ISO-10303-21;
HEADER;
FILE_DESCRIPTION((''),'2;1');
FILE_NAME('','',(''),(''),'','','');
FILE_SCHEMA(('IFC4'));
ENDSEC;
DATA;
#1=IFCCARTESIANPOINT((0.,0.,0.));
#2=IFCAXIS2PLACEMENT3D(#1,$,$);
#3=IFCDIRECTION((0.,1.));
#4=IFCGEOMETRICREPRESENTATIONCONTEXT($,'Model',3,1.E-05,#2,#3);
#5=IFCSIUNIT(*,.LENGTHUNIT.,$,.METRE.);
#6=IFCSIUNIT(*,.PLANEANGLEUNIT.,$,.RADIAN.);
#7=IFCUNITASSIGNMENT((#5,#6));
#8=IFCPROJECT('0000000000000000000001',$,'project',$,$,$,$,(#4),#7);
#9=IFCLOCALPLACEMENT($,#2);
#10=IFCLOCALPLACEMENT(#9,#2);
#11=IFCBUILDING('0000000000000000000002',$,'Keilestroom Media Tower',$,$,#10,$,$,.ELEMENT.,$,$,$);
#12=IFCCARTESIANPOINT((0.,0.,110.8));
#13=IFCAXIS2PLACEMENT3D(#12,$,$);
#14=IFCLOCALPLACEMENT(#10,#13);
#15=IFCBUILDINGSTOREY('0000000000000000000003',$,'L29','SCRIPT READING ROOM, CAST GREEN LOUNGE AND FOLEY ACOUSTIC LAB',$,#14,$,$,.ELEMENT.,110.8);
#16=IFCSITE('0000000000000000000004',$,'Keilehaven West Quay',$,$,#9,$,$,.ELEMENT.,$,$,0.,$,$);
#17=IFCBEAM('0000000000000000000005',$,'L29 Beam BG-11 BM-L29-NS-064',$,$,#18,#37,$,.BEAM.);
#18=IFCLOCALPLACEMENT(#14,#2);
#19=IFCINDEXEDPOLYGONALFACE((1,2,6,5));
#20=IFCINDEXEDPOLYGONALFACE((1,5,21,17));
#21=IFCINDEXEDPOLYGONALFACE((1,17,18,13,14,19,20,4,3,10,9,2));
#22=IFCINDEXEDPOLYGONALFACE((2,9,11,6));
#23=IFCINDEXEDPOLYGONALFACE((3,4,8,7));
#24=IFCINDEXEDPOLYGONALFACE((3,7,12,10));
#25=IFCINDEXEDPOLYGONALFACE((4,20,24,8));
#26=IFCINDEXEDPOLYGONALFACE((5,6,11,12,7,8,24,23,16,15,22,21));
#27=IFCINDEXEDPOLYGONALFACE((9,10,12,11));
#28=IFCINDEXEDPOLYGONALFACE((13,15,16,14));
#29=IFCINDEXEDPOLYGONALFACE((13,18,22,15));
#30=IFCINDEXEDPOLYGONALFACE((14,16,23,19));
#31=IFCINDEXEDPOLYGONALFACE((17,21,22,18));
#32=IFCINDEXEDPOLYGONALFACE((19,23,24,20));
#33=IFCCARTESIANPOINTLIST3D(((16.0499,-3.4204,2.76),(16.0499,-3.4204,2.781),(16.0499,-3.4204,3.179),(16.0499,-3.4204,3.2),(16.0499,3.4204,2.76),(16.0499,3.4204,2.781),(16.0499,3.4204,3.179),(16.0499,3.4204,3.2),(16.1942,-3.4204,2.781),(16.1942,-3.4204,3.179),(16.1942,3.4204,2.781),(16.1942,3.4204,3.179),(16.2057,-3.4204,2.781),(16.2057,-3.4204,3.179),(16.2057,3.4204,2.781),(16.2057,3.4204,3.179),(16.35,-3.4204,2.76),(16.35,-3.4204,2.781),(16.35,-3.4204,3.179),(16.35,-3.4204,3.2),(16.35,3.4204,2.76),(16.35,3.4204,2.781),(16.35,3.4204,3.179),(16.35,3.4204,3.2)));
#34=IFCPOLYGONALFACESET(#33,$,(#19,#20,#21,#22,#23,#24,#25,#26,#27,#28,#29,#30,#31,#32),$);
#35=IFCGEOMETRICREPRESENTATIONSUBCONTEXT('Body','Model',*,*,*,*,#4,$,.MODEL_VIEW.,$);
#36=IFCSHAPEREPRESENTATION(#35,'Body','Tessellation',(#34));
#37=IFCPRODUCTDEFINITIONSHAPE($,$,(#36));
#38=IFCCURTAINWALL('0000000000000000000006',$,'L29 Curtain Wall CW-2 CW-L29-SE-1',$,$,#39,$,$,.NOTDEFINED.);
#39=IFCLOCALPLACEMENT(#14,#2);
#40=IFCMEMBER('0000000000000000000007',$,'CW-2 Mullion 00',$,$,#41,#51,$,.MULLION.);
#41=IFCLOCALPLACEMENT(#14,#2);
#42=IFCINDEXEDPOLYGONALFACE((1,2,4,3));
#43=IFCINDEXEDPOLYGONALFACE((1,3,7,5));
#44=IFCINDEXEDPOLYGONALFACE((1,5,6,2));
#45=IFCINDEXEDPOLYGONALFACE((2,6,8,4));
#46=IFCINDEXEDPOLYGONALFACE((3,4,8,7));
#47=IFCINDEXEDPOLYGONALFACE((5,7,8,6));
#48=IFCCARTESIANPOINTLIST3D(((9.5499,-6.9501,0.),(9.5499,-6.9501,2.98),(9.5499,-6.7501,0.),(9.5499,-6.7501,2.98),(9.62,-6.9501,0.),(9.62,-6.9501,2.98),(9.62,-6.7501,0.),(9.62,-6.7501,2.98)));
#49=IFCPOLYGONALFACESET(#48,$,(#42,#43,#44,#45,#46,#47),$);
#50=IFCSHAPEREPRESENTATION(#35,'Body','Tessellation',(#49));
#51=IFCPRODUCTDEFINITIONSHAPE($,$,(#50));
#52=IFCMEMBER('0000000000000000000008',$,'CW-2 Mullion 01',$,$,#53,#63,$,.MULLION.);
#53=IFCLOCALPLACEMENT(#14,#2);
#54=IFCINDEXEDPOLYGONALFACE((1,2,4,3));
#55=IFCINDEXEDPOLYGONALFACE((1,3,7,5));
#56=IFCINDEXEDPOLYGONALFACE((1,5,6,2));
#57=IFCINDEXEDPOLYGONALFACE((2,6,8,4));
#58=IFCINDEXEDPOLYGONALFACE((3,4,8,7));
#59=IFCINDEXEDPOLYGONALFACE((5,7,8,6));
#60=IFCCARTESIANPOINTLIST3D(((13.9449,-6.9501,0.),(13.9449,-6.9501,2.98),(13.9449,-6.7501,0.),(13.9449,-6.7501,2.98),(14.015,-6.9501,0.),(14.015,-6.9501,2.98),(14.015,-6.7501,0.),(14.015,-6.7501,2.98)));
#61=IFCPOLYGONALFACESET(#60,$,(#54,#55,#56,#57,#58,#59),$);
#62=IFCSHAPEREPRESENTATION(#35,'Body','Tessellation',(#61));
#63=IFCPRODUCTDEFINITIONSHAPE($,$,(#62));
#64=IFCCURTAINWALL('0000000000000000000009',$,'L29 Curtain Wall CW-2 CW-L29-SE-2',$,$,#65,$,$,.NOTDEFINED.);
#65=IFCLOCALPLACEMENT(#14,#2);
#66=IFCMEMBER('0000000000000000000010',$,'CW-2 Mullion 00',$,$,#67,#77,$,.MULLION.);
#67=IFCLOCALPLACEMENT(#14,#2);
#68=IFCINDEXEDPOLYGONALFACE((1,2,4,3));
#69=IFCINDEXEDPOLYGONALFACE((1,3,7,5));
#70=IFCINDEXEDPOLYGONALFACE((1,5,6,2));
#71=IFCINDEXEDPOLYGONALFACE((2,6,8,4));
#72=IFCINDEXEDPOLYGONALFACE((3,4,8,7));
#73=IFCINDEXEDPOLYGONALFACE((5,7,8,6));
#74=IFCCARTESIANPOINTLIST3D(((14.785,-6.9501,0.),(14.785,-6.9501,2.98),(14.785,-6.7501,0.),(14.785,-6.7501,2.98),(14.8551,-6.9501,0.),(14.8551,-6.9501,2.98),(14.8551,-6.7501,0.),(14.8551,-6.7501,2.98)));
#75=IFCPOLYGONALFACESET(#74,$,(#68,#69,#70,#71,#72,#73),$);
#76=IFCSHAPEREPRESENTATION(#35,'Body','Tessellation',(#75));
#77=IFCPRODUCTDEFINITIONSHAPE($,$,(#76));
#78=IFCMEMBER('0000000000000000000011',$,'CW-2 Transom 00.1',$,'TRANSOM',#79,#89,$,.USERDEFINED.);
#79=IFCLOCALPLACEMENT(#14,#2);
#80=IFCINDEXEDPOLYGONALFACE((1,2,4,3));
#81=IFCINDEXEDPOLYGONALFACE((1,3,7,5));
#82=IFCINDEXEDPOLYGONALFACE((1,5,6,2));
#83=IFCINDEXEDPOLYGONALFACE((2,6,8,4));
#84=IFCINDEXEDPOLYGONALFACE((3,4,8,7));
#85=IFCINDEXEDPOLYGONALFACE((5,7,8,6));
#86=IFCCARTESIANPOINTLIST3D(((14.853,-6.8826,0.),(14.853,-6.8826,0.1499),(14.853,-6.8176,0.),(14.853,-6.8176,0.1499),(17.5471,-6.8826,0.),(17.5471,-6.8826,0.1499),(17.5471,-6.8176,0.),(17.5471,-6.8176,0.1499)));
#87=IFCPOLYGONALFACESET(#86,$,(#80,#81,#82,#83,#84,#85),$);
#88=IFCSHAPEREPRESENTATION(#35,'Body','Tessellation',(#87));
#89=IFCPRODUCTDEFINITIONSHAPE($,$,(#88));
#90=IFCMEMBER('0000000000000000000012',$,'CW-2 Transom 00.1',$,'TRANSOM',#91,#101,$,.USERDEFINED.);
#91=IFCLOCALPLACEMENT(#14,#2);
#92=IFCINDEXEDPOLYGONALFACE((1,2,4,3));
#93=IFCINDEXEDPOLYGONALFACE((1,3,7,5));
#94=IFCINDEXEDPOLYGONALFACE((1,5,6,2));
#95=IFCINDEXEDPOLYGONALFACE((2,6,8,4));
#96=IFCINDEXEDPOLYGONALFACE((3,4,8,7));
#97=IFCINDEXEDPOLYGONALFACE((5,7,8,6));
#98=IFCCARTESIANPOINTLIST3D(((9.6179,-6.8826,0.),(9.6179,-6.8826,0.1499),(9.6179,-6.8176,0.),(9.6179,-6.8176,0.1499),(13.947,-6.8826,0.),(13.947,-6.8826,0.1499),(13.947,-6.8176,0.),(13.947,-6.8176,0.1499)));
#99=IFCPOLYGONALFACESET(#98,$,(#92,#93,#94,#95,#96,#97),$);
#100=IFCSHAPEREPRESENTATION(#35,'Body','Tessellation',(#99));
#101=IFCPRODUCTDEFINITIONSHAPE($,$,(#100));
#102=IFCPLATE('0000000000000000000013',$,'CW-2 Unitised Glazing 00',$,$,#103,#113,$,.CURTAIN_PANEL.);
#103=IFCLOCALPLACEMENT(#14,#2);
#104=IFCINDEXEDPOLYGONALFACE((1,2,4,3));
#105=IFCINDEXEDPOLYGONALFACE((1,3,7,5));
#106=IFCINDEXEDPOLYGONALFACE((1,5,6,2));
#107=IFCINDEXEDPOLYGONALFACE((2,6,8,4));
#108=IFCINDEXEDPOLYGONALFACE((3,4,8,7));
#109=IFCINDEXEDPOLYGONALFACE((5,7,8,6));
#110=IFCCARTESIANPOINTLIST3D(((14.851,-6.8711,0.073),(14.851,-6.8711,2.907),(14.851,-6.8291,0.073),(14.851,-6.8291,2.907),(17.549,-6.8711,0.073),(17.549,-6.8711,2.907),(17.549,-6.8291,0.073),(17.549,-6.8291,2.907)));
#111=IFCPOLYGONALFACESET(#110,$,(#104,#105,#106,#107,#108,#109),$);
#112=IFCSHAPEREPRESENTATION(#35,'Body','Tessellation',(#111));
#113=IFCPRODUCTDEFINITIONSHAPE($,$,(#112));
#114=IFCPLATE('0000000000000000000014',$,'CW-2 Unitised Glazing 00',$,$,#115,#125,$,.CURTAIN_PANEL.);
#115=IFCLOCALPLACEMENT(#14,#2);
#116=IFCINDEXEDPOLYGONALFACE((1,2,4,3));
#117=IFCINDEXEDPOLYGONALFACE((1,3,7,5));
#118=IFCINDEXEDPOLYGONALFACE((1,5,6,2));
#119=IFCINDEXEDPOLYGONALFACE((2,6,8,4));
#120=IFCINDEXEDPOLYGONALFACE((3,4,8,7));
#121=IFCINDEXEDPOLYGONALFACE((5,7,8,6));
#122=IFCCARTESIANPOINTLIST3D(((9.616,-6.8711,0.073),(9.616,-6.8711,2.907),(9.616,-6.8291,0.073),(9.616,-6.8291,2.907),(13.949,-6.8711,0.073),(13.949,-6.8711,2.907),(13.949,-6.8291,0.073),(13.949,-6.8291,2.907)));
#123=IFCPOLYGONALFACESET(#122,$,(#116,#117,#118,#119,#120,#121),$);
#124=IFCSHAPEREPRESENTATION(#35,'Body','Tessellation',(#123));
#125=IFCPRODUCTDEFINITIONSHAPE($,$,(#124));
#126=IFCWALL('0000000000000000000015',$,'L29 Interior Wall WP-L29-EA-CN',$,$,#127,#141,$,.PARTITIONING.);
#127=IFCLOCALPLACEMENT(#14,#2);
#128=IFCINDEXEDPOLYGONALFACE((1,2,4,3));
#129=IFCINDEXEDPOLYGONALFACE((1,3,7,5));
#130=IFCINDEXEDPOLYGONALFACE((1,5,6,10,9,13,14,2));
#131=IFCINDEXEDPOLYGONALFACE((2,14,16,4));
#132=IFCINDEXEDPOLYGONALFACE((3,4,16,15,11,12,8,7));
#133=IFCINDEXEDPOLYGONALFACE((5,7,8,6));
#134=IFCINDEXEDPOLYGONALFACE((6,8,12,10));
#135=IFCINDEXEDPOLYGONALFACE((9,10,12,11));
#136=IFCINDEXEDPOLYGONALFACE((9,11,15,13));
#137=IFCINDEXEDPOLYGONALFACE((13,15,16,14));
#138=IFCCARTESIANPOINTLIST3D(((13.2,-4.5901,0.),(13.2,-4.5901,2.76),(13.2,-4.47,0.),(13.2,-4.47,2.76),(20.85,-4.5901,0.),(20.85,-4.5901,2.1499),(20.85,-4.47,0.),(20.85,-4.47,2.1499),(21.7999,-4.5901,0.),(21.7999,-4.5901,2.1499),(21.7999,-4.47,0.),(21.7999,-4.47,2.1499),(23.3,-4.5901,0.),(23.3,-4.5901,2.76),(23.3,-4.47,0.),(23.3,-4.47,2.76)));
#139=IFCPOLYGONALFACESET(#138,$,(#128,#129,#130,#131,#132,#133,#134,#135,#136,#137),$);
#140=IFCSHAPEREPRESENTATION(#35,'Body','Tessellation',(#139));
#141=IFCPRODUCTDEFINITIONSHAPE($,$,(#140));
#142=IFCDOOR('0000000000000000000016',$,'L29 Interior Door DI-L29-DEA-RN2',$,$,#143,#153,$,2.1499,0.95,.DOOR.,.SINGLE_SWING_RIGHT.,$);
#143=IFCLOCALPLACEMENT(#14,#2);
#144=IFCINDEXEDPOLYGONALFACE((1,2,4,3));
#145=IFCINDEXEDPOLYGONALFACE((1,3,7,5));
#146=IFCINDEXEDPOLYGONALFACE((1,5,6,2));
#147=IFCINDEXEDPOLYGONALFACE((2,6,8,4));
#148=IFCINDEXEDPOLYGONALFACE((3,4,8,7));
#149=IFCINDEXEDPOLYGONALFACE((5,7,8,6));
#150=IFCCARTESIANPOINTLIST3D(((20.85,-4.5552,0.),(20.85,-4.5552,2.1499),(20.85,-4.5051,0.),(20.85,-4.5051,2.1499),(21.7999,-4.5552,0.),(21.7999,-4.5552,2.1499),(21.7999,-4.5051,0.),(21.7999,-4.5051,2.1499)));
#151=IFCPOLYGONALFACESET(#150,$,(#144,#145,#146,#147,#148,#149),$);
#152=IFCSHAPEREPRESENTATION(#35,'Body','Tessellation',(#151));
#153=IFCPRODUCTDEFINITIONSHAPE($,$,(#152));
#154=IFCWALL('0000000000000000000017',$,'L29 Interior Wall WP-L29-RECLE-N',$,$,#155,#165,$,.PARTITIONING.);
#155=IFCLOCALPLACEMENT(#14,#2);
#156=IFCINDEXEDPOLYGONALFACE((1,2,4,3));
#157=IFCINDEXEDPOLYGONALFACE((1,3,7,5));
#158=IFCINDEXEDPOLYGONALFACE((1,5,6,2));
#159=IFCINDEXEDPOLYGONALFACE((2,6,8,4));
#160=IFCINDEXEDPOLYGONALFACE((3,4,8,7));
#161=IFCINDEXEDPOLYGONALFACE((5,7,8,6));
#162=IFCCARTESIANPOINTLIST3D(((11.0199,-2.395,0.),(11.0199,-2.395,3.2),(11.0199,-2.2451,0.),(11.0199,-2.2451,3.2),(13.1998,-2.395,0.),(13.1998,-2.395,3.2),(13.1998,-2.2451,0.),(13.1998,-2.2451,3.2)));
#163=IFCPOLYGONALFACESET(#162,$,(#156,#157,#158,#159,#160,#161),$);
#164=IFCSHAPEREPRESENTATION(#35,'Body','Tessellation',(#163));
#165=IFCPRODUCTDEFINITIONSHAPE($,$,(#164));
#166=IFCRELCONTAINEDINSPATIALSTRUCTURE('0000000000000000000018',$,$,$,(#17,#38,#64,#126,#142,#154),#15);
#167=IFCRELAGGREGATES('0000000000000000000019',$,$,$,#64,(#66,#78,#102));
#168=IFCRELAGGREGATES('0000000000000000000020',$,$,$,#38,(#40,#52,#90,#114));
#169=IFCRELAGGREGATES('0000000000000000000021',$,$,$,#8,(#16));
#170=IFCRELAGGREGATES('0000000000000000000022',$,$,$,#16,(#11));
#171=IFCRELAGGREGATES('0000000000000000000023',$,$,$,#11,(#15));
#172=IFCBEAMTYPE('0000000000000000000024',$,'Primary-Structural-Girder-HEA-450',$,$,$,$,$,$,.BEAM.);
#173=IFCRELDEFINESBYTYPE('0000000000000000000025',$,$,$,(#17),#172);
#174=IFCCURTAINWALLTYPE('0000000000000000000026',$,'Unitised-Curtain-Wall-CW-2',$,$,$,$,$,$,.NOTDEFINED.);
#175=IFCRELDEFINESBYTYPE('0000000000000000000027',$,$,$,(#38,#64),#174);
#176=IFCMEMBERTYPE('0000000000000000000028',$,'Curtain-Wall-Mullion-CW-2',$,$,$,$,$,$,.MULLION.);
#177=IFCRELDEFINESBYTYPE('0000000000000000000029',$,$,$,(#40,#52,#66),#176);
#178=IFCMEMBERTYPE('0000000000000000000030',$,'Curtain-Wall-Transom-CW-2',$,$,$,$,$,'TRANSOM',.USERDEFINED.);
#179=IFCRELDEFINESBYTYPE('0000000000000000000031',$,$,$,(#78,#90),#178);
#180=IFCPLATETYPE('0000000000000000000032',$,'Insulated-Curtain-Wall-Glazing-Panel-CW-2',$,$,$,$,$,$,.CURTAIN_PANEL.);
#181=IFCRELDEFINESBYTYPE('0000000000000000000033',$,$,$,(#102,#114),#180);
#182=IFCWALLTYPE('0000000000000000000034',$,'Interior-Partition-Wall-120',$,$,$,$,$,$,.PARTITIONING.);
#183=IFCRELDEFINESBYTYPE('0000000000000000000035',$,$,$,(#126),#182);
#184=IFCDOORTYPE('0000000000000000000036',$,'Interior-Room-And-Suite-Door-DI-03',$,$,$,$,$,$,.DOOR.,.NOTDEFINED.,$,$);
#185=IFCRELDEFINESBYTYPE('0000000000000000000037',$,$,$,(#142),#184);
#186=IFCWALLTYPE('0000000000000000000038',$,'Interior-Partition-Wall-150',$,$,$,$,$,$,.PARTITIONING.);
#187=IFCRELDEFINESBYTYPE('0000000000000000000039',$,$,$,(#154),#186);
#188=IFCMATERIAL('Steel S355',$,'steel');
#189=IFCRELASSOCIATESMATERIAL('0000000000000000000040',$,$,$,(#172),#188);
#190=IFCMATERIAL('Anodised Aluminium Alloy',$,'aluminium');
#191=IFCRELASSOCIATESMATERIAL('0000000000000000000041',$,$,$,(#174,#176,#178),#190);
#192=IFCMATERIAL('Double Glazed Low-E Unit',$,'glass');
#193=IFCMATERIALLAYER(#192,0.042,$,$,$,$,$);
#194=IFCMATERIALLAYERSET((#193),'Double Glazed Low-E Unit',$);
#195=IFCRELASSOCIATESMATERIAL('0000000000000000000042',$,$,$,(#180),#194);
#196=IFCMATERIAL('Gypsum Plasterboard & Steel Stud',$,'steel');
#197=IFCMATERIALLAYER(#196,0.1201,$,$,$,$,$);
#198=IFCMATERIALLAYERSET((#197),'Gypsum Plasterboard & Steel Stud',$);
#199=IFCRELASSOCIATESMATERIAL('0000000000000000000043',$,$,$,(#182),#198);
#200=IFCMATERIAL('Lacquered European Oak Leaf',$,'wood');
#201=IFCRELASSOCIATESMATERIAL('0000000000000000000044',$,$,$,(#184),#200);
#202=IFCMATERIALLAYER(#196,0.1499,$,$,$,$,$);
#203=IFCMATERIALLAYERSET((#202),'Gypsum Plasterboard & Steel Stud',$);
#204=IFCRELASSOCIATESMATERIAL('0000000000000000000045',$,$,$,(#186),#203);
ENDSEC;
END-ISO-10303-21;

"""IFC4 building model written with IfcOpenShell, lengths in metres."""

from ifc_helpers import new_model, si_unit, direction, frame, frame_2d, origin, origin_2d, place, context, subcontext, project, spatial, rectangle, i_section, extrude, source, transform, mapped, material, layer, layer_set, material_profile, profile_set, type_object, element, fill, aggregate, save


model = new_model("IFC4")

# Units and contexts
model_context = context("Model", 3, precision=1e-05, world=origin(), true_north=direction((0.0, 1.0)))
body_context = subcontext(model_context, "Body", "Model", "MODEL_VIEW")
ifc_project = project(units=[si_unit("LENGTHUNIT", "METRE"), si_unit("PLANEANGLEUNIT", "RADIAN")], contexts=[model_context])

# Site, building, storey
site_placement = place(None, origin())
site = spatial("IfcSite", under=ifc_project, at=site_placement, Name="Keilehaven West Quay", CompositionType="ELEMENT", RefElevation=0.0)
building_placement = place(site_placement, origin())
building = spatial("IfcBuilding", under=site, at=building_placement, Name="Keilestroom Media Tower", CompositionType="ELEMENT")
storey_placement = place(building_placement, frame((0.0, 0.0, 110.8)))
storey = spatial("IfcBuildingStorey", under=building, at=storey_placement, Name="L29", Description="SCRIPT READING ROOM, CAST GREEN LOUNGE AND FOLEY ACOUSTIC LAB", CompositionType="ELEMENT", Elevation=110.8)

# Shared definitions
ifc_material_1 = material(Name="Steel S355", Category="steel")

# Beam
ifc_material_profile_1 = material_profile(ifc_material_1, i_section(OverallWidth=0.3, OverallDepth=0.4399, WebThickness=0.0115, FlangeThickness=0.021, at=origin_2d()), Name="HEA 450")
ifc_profile_set_1 = profile_set([ifc_material_profile_1], Name="Steel S355")
beam_type_1 = type_object("IfcBeamType", Name="Primary-Structural-Girder-HEA-450", PredefinedType="BEAM", material=ifc_profile_set_1)
shared_shape_1 = source(origin(), body_context, "Body", "SweptSolid", [
    extrude(i_section(OverallWidth=0.3, OverallDepth=0.4399, WebThickness=0.0115, FlangeThickness=0.021, at=origin_2d()), origin(), (0.0, 0.0, 1.0), 6.8408),
])
for number, where, z_axis, x_axis, name in (
    (1, (16.2, -3.4204, 2.98), (0.0, 1.0, 0.0), (-1.0, 0.0, 0.0), "L29 Beam BG-11 BM-L29-NS-064"),
):
    element("IfcBeam", number, at=place(storey_placement, frame(where, z_axis=z_axis, x_axis=x_axis)), inside=storey, type_object=beam_type_1, Name=name, PredefinedType="BEAM", context=body_context, shape_type="MappedRepresentation", body=[
        mapped(shared_shape_1, transform((0.0, 0.0, 0.0), x_axis=(1.0, 0.0, 0.0), y_axis=(0.0, 1.0, 0.0), z_axis=(0.0, 0.0, 1.0), scale=1.0)),
    ])

# Curtain walls, members
ifc_material_2 = material(Name="Anodised Aluminium Alloy", Category="aluminium")
curtain_wall_type = type_object("IfcCurtainWallType", Name="Unitised-Curtain-Wall-CW-2", PredefinedType="NOTDEFINED", material=ifc_material_2)
curtain_wall_1_placement = place(storey_placement, origin())
curtain_wall_1 = element("IfcCurtainWall", 2, at=curtain_wall_1_placement, inside=storey, type_object=curtain_wall_type, Name="L29 Curtain Wall CW-2 CW-L29-SE-1", PredefinedType="NOTDEFINED")
ifc_material_profile_2 = material_profile(ifc_material_2, rectangle(XDim=0.0701, YDim=0.2, at=origin_2d()), Name="ALU MULLION 70x200")
ifc_profile_set_2 = profile_set([ifc_material_profile_2], Name="Anodised Aluminium Alloy")
member_type_1 = type_object("IfcMemberType", Name="Curtain-Wall-Mullion-CW-2", PredefinedType="MULLION", material=ifc_profile_set_2)
shared_shape_2 = source(origin(), body_context, "Body", "SweptSolid", [
    extrude(rectangle(XDim=0.0701, YDim=0.2, at=origin_2d()), origin(), (0.0, 0.0, 1.0), 2.98),
])
member_1_placement = place(storey_placement, frame((9.585, -6.8501, 0.0), z_axis=(0.0, 0.0, 1.0), x_axis=(1.0, 0.0, 0.0)))
member_1 = element("IfcMember", 3, at=member_1_placement, type_object=member_type_1, Name="CW-2 Mullion 00", PredefinedType="MULLION", context=body_context, shape_type="MappedRepresentation", body=[
    mapped(shared_shape_2, transform((0.0, 0.0, 0.0), x_axis=(1.0, 0.0, 0.0), y_axis=(0.0, 1.0, 0.0), z_axis=(0.0, 0.0, 1.0), scale=1.0)),
])
member_2_placement = place(storey_placement, frame((13.98, -6.8501, 0.0), z_axis=(0.0, 0.0, 1.0), x_axis=(1.0, 0.0, 0.0)))
member_2 = element("IfcMember", 4, at=member_2_placement, type_object=member_type_1, Name="CW-2 Mullion 01", PredefinedType="MULLION", context=body_context, shape_type="MappedRepresentation", body=[
    mapped(shared_shape_2, transform((0.0, 0.0, 0.0), x_axis=(1.0, 0.0, 0.0), y_axis=(0.0, 1.0, 0.0), z_axis=(0.0, 0.0, 1.0), scale=1.0)),
])
curtain_wall_2_placement = place(storey_placement, origin())
curtain_wall_2 = element("IfcCurtainWall", 5, at=curtain_wall_2_placement, inside=storey, type_object=curtain_wall_type, Name="L29 Curtain Wall CW-2 CW-L29-SE-2", PredefinedType="NOTDEFINED")
member_3_placement = place(storey_placement, frame((14.8201, -6.8501, 0.0), z_axis=(0.0, 0.0, 1.0), x_axis=(1.0, 0.0, 0.0)))
member_3 = element("IfcMember", 6, at=member_3_placement, type_object=member_type_1, Name="CW-2 Mullion 00", PredefinedType="MULLION", context=body_context, shape_type="MappedRepresentation", body=[
    mapped(shared_shape_2, transform((0.0, 0.0, 0.0), x_axis=(1.0, 0.0, 0.0), y_axis=(0.0, 1.0, 0.0), z_axis=(0.0, 0.0, 1.0), scale=1.0)),
])
ifc_material_profile_3 = material_profile(ifc_material_2, rectangle(XDim=0.0649, YDim=0.1499, at=origin_2d()), Name="ALU TRANSOM 65x150")
ifc_profile_set_3 = profile_set([ifc_material_profile_3], Name="Anodised Aluminium Alloy")
member_type_2 = type_object("IfcMemberType", Name="Curtain-Wall-Transom-CW-2", ElementType="TRANSOM", PredefinedType="USERDEFINED", material=ifc_profile_set_3)
shared_shape_3 = source(origin(), body_context, "Body", "SweptSolid", [
    extrude(rectangle(XDim=0.0649, YDim=0.1499, at=origin_2d()), origin(), (0.0, 0.0, 1.0), 2.6941),
])
member_4_placement = place(storey_placement, frame((14.853, -6.8501, 0.075), z_axis=(1.0, 0.0, 0.0), x_axis=(0.0, 1.0, 0.0)))
member_4 = element("IfcMember", 7, at=member_4_placement, type_object=member_type_2, Name="CW-2 Transom 00.1", ObjectType="TRANSOM", PredefinedType="USERDEFINED", context=body_context, shape_type="MappedRepresentation", body=[
    mapped(shared_shape_3, transform((0.0, 0.0, 0.0), x_axis=(1.0, 0.0, 0.0), y_axis=(0.0, 1.0, 0.0), z_axis=(0.0, 0.0, 1.0), scale=1.0)),
])

# Member
shared_shape_4 = source(origin(), body_context, "Body", "SweptSolid", [
    extrude(rectangle(XDim=0.0649, YDim=0.1499, at=origin_2d()), origin(), (0.0, 0.0, 1.0), 4.3291),
])
member_5_placement = place(storey_placement, frame((9.6179, -6.8501, 0.075), z_axis=(1.0, 0.0, 0.0), x_axis=(0.0, 1.0, 0.0)))
member_5 = element("IfcMember", 8, at=member_5_placement, type_object=member_type_2, Name="CW-2 Transom 00.1", ObjectType="TRANSOM", PredefinedType="USERDEFINED", context=body_context, shape_type="MappedRepresentation", body=[
    mapped(shared_shape_4, transform((0.0, 0.0, 0.0), x_axis=(1.0, 0.0, 0.0), y_axis=(0.0, 1.0, 0.0), z_axis=(0.0, 0.0, 1.0), scale=1.0)),
])

# Plates
ifc_material_3 = material(Name="Double Glazed Low-E Unit", Category="glass")
ifc_layer_1 = layer(ifc_material_3, 0.042)
ifc_layer_set_1 = layer_set([ifc_layer_1], Name="Double Glazed Low-E Unit")
plate_type = type_object("IfcPlateType", Name="Insulated-Curtain-Wall-Glazing-Panel-CW-2", PredefinedType="CURTAIN_PANEL", material=ifc_layer_set_1)
shared_shape_5 = source(origin(), body_context, "Body", "SweptSolid", [
    extrude(rectangle(XDim=2.698, YDim=0.042, at=origin_2d()), origin(), (0.0, 0.0, 1.0), 2.834),
])
plate_1_placement = place(storey_placement, frame((16.2, -6.8501, 0.073), z_axis=(0.0, 0.0, 1.0), x_axis=(1.0, 0.0, 0.0)))
plate_1 = element("IfcPlate", 9, at=plate_1_placement, type_object=plate_type, Name="CW-2 Unitised Glazing 00", PredefinedType="CURTAIN_PANEL", context=body_context, shape_type="MappedRepresentation", body=[
    mapped(shared_shape_5, transform((0.0, 0.0, 0.0), x_axis=(1.0, 0.0, 0.0), y_axis=(0.0, 1.0, 0.0), z_axis=(0.0, 0.0, 1.0), scale=1.0)),
])
aggregate(curtain_wall_2, [member_3, member_4, plate_1])
shared_shape_6 = source(origin(), body_context, "Body", "SweptSolid", [
    extrude(rectangle(XDim=4.333, YDim=0.042, at=origin_2d()), origin(), (0.0, 0.0, 1.0), 2.834),
])
plate_2_placement = place(storey_placement, frame((11.7825, -6.8501, 0.073), z_axis=(0.0, 0.0, 1.0), x_axis=(1.0, 0.0, 0.0)))
plate_2 = element("IfcPlate", 10, at=plate_2_placement, type_object=plate_type, Name="CW-2 Unitised Glazing 00", PredefinedType="CURTAIN_PANEL", context=body_context, shape_type="MappedRepresentation", body=[
    mapped(shared_shape_6, transform((0.0, 0.0, 0.0), x_axis=(1.0, 0.0, 0.0), y_axis=(0.0, 1.0, 0.0), z_axis=(0.0, 0.0, 1.0), scale=1.0)),
])
aggregate(curtain_wall_1, [member_1, member_2, member_5, plate_2])

# Wall, opening, door
ifc_material_4 = material(Name="Gypsum Plasterboard & Steel Stud", Category="steel")
ifc_layer_2 = layer(ifc_material_4, 0.1201)
ifc_layer_set_2 = layer_set([ifc_layer_2], Name="Gypsum Plasterboard & Steel Stud")
wall_type_1 = type_object("IfcWallType", Name="Interior-Partition-Wall-120", PredefinedType="PARTITIONING", material=ifc_layer_set_2)
wall_1_placement = place(storey_placement, frame((13.2, -4.53, 0.0), z_axis=(0.0, 0.0, 1.0), x_axis=(1.0, 0.0, 0.0)))
wall_1 = element("IfcWall", 11, at=wall_1_placement, inside=storey, type_object=wall_type_1, Name="L29 Interior Wall WP-L29-EA-CN", PredefinedType="PARTITIONING", context=body_context, shape_type="SweptSolid", body=[
    extrude(rectangle(XDim=10.1001, YDim=0.1201, at=frame_2d((5.05, 0.0))), origin(), (0.0, 0.0, 1.0), 2.76),
])
opening_1_placement = place(wall_1_placement, frame((7.6499, 0.0, 0.0)))
opening_1 = element("IfcOpeningElement", 12, at=opening_1_placement, cuts=wall_1, PredefinedType="OPENING", context=body_context, shape_type="SweptSolid", body=[
    extrude(rectangle(XDim=0.95, YDim=2.1499, at=frame_2d((0.4751, 1.075))), frame((0.0, 0.0701, 0.0), z_axis=(0.0, -1.0, 0.0), x_axis=(1.0, 0.0, 0.0)), (0.0, 0.0, 1.0), 0.1401),
])
ifc_material_5 = material(Name="Lacquered European Oak Leaf", Category="wood")
door_type_1 = type_object("IfcDoorType", Name="Interior-Room-And-Suite-Door-DI-03", OperationType="NOTDEFINED", PredefinedType="DOOR", material=ifc_material_5)
shared_shape_7 = source(origin(), body_context, "Body", "SweptSolid", [
    extrude(rectangle(XDim=0.95, YDim=2.1499, at=frame_2d((0.4751, 1.075))), frame((0.0, 0.0249, 0.0), z_axis=(0.0, -1.0, 0.0), x_axis=(1.0, 0.0, 0.0)), (0.0, 0.0, 1.0), 0.05),
])
door_1_placement = place(opening_1_placement, origin())
door_1 = element("IfcDoor", 13, at=door_1_placement, inside=storey, type_object=door_type_1, Name="L29 Interior Door DI-L29-DEA-RN2", OperationType="SINGLE_SWING_RIGHT", OverallHeight=2.1499, OverallWidth=0.95, PredefinedType="DOOR", context=body_context, shape_type="MappedRepresentation", body=[
    mapped(shared_shape_7, transform((0.0, 0.0, 0.0), x_axis=(1.0, 0.0, 0.0), y_axis=(0.0, 1.0, 0.0), z_axis=(0.0, 0.0, 1.0), scale=1.0)),
])
fill(opening_1, door_1)

# Wall
ifc_layer_3 = layer(ifc_material_4, 0.1499)
ifc_layer_set_3 = layer_set([ifc_layer_3], Name="Gypsum Plasterboard & Steel Stud")
wall_type_2 = type_object("IfcWallType", Name="Interior-Partition-Wall-150", PredefinedType="PARTITIONING", material=ifc_layer_set_3)
wall_2_placement = place(storey_placement, frame((11.02, -2.3201, 0.0), z_axis=(0.0, 0.0, 1.0), x_axis=(1.0, 0.0, 0.0)))
element("IfcWall", 14, at=wall_2_placement, inside=storey, type_object=wall_type_2, Name="L29 Interior Wall WP-L29-RECLE-N", PredefinedType="PARTITIONING", context=body_context, shape_type="SweptSolid", body=[
    extrude(rectangle(XDim=2.1799, YDim=0.1499, at=frame_2d((1.0898, 0.0))), origin(), (0.0, 0.0, 1.0), 3.2),
])

save(model, "model.ifc")
